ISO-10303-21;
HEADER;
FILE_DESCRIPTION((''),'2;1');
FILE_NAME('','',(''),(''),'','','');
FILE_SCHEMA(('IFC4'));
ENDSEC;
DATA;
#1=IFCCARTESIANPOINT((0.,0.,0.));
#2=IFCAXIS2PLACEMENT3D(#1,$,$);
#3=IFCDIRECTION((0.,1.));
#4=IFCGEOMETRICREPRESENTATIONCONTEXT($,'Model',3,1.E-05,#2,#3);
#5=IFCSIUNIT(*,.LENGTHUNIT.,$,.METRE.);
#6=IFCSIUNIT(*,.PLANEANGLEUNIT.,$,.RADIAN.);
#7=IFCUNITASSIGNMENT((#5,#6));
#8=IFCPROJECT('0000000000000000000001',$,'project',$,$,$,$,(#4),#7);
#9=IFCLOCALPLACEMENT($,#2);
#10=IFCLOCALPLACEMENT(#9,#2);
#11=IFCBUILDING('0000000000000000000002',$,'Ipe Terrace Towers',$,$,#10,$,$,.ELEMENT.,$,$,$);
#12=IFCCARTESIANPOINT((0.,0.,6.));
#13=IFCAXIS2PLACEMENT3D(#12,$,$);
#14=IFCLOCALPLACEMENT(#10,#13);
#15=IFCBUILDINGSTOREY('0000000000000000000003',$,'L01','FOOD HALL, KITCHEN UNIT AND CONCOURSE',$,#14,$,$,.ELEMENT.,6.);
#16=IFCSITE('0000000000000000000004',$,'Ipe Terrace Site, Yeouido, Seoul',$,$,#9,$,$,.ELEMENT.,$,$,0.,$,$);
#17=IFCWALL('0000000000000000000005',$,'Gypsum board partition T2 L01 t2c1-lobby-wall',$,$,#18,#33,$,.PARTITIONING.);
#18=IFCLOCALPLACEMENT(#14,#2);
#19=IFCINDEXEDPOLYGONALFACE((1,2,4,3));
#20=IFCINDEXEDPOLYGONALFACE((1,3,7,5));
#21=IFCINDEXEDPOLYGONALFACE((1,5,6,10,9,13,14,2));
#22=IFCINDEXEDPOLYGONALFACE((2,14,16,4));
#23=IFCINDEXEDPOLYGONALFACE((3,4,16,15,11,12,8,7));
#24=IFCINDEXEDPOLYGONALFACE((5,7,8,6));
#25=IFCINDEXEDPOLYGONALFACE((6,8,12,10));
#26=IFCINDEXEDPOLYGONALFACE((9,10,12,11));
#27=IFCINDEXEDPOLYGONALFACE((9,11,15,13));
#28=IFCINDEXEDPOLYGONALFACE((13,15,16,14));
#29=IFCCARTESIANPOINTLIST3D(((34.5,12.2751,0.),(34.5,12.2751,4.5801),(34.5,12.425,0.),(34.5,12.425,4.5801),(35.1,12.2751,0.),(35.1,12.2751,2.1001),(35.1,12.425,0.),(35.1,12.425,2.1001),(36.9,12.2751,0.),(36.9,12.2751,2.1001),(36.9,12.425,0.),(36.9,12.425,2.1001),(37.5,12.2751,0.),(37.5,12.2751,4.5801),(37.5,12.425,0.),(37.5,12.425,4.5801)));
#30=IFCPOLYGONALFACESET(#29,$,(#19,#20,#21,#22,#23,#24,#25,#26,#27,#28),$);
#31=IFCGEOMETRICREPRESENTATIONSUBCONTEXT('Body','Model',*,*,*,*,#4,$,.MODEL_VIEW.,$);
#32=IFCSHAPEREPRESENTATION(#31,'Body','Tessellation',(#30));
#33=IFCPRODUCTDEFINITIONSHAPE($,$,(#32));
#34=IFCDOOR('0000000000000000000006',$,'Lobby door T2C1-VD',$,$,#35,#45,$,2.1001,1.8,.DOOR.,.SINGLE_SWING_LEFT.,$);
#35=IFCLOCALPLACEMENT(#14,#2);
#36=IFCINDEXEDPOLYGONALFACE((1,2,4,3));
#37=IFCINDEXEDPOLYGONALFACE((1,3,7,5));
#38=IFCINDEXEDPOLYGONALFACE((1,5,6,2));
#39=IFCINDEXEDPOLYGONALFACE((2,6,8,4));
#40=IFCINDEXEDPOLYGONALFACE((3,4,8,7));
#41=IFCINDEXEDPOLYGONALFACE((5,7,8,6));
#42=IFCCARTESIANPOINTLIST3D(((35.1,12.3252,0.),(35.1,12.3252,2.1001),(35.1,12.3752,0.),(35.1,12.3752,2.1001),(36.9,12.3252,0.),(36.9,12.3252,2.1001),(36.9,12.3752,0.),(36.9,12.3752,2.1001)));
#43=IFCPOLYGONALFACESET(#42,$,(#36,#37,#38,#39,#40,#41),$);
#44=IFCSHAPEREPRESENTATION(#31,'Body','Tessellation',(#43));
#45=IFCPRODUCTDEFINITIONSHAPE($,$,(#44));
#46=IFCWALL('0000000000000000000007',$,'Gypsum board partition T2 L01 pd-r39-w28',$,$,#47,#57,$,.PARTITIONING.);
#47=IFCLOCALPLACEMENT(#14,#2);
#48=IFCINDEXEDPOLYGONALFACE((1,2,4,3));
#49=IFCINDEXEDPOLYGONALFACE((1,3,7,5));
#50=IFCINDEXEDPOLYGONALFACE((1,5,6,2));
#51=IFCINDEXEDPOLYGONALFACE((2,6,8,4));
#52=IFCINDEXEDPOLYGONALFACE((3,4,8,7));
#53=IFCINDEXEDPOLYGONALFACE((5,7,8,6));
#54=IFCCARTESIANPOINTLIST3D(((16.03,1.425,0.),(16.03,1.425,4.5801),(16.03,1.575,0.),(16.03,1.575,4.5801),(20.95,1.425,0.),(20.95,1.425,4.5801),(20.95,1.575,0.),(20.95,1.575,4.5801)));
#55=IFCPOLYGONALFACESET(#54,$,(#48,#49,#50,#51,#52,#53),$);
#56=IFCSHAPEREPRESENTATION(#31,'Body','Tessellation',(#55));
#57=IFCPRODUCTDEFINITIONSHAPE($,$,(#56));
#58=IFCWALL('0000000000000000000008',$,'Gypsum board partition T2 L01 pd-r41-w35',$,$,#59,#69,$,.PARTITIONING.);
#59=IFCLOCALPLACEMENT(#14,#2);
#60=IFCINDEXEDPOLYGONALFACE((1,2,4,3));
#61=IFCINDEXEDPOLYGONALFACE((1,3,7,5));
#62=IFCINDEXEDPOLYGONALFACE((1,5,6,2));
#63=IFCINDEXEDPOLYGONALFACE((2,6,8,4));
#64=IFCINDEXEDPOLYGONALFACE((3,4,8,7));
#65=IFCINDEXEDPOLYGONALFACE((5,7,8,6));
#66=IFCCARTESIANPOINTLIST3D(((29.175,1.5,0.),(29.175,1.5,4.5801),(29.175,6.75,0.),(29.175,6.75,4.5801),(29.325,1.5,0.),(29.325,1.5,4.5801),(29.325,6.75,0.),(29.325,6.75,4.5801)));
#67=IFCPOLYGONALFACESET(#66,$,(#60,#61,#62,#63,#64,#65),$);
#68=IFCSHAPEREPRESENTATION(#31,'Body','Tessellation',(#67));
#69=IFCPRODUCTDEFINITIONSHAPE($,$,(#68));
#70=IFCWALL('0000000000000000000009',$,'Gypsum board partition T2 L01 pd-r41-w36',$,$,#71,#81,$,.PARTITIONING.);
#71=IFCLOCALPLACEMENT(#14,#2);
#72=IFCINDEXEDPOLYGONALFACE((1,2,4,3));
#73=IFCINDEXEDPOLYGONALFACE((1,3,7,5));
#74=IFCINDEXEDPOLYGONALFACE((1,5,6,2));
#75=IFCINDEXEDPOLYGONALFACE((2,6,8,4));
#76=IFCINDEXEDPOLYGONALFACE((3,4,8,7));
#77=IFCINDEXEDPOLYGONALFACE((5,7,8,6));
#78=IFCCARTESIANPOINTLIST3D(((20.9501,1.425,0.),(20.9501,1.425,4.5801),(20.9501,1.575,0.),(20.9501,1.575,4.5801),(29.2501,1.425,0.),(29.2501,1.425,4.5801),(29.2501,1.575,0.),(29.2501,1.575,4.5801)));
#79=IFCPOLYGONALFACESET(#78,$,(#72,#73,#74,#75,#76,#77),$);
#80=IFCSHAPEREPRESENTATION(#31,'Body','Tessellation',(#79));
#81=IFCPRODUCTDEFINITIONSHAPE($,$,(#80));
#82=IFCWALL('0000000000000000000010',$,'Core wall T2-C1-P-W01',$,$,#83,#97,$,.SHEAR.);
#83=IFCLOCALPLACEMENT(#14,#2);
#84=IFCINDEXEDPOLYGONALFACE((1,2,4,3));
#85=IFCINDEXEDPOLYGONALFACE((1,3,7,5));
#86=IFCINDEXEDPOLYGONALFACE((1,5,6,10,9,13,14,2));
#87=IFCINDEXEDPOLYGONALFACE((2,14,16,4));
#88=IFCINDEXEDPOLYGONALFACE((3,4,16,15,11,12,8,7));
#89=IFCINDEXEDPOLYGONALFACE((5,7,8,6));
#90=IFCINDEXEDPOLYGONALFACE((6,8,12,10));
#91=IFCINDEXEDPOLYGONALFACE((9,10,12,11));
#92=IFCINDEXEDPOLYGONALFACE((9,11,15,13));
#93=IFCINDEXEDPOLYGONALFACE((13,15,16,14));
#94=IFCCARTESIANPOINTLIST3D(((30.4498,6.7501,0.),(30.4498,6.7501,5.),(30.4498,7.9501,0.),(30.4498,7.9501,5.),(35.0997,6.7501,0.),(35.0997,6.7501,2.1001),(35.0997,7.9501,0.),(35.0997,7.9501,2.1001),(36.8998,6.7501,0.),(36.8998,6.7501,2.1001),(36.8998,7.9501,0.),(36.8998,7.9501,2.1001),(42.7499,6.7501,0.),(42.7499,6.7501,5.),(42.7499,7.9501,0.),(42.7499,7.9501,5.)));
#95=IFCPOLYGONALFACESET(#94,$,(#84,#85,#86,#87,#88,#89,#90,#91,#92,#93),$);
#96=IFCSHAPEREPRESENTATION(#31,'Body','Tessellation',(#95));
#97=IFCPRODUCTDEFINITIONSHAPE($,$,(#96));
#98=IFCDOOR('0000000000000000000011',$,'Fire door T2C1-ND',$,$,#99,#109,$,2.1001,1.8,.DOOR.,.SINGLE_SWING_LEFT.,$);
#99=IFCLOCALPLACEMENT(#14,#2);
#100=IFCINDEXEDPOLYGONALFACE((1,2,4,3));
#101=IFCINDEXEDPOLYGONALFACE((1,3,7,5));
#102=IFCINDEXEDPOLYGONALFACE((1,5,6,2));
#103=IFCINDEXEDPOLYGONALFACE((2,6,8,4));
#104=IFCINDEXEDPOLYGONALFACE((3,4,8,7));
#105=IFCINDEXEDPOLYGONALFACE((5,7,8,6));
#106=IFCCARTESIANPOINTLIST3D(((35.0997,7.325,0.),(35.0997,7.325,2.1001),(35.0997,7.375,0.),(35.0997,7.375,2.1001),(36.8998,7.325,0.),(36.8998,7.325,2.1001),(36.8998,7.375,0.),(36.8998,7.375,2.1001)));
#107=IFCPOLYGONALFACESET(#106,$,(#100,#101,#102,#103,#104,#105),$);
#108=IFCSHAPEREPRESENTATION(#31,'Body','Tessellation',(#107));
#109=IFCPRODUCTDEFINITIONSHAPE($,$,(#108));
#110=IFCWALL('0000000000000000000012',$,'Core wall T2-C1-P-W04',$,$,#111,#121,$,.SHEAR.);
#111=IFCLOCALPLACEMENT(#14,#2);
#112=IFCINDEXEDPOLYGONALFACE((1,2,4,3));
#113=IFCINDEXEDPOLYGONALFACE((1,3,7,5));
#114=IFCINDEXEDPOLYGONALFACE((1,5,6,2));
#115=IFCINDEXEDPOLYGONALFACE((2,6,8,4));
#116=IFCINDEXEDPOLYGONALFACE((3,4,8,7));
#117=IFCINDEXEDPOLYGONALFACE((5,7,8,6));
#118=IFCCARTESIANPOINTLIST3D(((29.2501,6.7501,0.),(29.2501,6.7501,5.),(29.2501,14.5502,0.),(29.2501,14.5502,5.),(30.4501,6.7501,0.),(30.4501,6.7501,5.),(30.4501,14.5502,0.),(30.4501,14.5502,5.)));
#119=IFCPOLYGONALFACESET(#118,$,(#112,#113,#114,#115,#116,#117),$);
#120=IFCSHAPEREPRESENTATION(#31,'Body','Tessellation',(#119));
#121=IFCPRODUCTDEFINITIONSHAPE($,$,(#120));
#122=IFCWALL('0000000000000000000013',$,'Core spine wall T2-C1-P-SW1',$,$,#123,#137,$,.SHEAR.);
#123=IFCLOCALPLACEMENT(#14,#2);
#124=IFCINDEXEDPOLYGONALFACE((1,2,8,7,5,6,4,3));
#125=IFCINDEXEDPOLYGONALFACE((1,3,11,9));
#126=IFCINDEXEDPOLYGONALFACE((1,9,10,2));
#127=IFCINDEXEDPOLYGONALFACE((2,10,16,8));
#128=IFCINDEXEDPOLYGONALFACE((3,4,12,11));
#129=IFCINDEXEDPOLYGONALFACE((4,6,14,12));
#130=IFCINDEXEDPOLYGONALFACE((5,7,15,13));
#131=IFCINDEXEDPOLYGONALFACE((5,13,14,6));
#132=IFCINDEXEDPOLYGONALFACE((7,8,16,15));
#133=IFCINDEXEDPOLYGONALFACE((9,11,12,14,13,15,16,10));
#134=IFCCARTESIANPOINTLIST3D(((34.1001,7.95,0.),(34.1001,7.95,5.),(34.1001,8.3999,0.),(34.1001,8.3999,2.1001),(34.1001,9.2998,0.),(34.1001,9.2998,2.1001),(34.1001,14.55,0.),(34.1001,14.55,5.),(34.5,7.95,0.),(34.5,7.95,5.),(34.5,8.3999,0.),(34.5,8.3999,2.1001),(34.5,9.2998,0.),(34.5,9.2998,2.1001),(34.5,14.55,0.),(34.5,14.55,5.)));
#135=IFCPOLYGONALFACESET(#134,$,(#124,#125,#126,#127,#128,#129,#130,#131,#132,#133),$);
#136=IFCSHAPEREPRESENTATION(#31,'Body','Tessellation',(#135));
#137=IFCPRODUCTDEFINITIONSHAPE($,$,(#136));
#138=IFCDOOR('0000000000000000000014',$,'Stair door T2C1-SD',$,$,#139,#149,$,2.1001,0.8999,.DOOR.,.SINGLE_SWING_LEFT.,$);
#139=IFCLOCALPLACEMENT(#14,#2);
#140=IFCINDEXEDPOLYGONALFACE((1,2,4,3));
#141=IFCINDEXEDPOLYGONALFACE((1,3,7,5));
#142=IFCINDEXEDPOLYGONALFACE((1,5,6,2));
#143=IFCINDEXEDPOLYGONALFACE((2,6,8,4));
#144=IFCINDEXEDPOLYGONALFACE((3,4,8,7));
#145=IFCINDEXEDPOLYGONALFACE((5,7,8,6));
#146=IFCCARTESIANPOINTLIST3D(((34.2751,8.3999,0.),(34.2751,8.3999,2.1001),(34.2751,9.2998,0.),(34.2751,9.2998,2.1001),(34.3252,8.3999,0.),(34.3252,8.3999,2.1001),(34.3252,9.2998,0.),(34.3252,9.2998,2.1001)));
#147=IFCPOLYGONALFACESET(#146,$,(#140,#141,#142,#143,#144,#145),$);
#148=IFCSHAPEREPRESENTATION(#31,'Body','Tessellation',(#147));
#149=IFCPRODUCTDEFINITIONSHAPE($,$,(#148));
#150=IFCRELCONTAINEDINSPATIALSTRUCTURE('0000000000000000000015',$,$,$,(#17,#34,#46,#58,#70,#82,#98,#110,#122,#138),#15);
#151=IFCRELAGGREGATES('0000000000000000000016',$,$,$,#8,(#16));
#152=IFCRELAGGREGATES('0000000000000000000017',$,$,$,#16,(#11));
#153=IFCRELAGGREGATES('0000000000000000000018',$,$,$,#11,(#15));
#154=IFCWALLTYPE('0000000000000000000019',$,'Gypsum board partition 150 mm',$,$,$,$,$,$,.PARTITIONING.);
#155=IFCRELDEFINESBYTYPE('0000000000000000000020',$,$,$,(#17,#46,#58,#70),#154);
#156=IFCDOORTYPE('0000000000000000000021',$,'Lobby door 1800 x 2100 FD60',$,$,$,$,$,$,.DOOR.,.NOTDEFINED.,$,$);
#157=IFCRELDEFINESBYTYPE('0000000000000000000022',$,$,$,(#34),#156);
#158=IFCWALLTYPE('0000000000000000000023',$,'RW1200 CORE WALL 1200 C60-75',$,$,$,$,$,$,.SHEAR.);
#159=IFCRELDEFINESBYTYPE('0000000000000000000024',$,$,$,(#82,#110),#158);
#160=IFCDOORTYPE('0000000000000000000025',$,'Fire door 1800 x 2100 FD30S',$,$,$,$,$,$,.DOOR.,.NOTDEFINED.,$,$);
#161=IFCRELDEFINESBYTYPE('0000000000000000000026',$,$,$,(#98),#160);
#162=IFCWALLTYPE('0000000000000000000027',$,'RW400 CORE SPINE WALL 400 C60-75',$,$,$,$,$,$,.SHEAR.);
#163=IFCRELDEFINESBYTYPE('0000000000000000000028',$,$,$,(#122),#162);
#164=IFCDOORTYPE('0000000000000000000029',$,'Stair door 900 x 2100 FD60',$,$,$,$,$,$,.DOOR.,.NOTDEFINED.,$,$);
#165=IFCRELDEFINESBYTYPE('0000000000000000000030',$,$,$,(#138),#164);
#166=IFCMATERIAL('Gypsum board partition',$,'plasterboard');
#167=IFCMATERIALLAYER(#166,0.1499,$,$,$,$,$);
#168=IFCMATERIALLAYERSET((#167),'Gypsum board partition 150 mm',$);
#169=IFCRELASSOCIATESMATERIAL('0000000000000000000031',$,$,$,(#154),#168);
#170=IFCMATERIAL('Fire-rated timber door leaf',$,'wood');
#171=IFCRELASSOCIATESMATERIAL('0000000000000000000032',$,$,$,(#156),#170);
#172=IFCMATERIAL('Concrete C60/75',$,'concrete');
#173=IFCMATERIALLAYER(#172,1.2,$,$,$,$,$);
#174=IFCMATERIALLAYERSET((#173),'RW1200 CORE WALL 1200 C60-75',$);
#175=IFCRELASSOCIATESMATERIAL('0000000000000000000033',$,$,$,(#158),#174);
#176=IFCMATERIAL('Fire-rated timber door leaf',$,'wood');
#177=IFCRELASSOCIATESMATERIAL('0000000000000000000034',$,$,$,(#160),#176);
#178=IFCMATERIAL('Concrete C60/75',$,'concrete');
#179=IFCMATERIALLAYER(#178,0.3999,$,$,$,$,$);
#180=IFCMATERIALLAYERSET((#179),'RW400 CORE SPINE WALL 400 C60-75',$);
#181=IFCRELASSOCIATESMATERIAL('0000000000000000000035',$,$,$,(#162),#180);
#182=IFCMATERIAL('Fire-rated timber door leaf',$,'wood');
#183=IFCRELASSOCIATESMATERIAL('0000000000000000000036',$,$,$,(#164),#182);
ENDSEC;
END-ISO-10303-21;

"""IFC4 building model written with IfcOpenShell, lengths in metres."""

from ifc_helpers import new_model, si_unit, direction, frame, frame_2d, origin, place, context, subcontext, project, spatial, rectangle, extrude, material, layer, layer_set, type_object, element, fill, save


model = new_model("IFC4")

# Units and contexts
model_context = context("Model", 3, precision=1e-05, world=origin(), true_north=direction((0.0, 1.0)))
body_context = subcontext(model_context, "Body", "Model", "MODEL_VIEW")
ifc_project = project(units=[si_unit("LENGTHUNIT", "METRE"), si_unit("PLANEANGLEUNIT", "RADIAN")], contexts=[model_context])

# Site, building, storey
site_placement = place(None, origin())
site = spatial("IfcSite", under=ifc_project, at=site_placement, Name="Ipe Terrace Site, Yeouido, Seoul", CompositionType="ELEMENT", RefElevation=0.0)
building_placement = place(site_placement, origin())
building = spatial("IfcBuilding", under=site, at=building_placement, Name="Ipe Terrace Towers", CompositionType="ELEMENT")
storey_placement = place(building_placement, frame((0.0, 0.0, 6.0)))
storey = spatial("IfcBuildingStorey", under=building, at=storey_placement, Name="L01", Description="FOOD HALL, KITCHEN UNIT AND CONCOURSE", CompositionType="ELEMENT", Elevation=6.0)

# Wall, opening, door
ifc_material_1 = material(Name="Gypsum board partition", Category="plasterboard")
ifc_layer_1 = layer(ifc_material_1, 0.1499)
ifc_layer_set_1 = layer_set([ifc_layer_1], Name="Gypsum board partition 150 mm")
wall_type_1 = type_object("IfcWallType", Name="Gypsum board partition 150 mm", PredefinedType="PARTITIONING", material=ifc_layer_set_1)
wall_1_placement = place(storey_placement, frame((37.5, 12.3501, 0.0), z_axis=(0.0, 0.0, 1.0), x_axis=(-1.0, 0.0, 0.0)))
wall_1 = element("IfcWall", 1, at=wall_1_placement, inside=storey, type_object=wall_type_1, Name="Gypsum board partition T2 L01 t2c1-lobby-wall", PredefinedType="PARTITIONING", context=body_context, shape_type="SweptSolid", body=[
    extrude(rectangle(XDim=3.0, YDim=0.1499, at=frame_2d((1.5, 0.0))), origin(), (0.0, 0.0, 1.0), 4.5801),
])
opening_1_placement = place(wall_1_placement, frame((0.6001, 0.0, 0.0)))
opening_1 = element("IfcOpeningElement", 2, at=opening_1_placement, cuts=wall_1, PredefinedType="OPENING", context=body_context, shape_type="SweptSolid", body=[
    extrude(rectangle(XDim=1.8, YDim=2.1001, at=frame_2d((0.8999, 1.05))), frame((0.0, 0.085, 0.0), z_axis=(0.0, -1.0, 0.0), x_axis=(1.0, 0.0, 0.0)), (0.0, 0.0, 1.0), 0.1699),
])
ifc_material_2 = material(Name="Fire-rated timber door leaf", Category="wood")
door_type_1 = type_object("IfcDoorType", Name="Lobby door 1800 x 2100 FD60", OperationType="NOTDEFINED", PredefinedType="DOOR", material=ifc_material_2)
door_1_placement = place(opening_1_placement, origin())
door_1 = element("IfcDoor", 3, at=door_1_placement, inside=storey, type_object=door_type_1, Name="Lobby door T2C1-VD", OperationType="SINGLE_SWING_LEFT", OverallHeight=2.1001, OverallWidth=1.8, PredefinedType="DOOR", context=body_context, shape_type="SweptSolid", body=[
    extrude(rectangle(XDim=1.8, YDim=2.1001, at=frame_2d((0.8999, 1.05))), frame((0.0, 0.0249, 0.0), z_axis=(0.0, -1.0, 0.0), x_axis=(1.0, 0.0, 0.0)), (0.0, 0.0, 1.0), 0.05),
])
fill(opening_1, door_1)

# Walls
wall_2_placement = place(storey_placement, frame((20.95, 1.5, 0.0), z_axis=(0.0, 0.0, 1.0), x_axis=(-1.0, 0.0, 0.0)))
element("IfcWall", 4, at=wall_2_placement, inside=storey, type_object=wall_type_1, Name="Gypsum board partition T2 L01 pd-r39-w28", PredefinedType="PARTITIONING", context=body_context, shape_type="SweptSolid", body=[
    extrude(rectangle(XDim=4.9199, YDim=0.1499, at=frame_2d((2.46, 0.0))), origin(), (0.0, 0.0, 1.0), 4.5801),
])
wall_3_placement = place(storey_placement, frame((29.25, 6.75, 0.0), z_axis=(0.0, 0.0, 1.0), x_axis=(0.0, -1.0, 0.0)))
element("IfcWall", 5, at=wall_3_placement, inside=storey, type_object=wall_type_1, Name="Gypsum board partition T2 L01 pd-r41-w35", PredefinedType="PARTITIONING", context=body_context, shape_type="SweptSolid", body=[
    extrude(rectangle(XDim=5.25, YDim=0.1499, at=frame_2d((2.625, 0.0))), origin(), (0.0, 0.0, 1.0), 4.5801),
])
wall_4_placement = place(storey_placement, frame((29.25, 1.5, 0.0), z_axis=(0.0, 0.0, 1.0), x_axis=(-1.0, 0.0, 0.0)))
element("IfcWall", 6, at=wall_4_placement, inside=storey, type_object=wall_type_1, Name="Gypsum board partition T2 L01 pd-r41-w36", PredefinedType="PARTITIONING", context=body_context, shape_type="SweptSolid", body=[
    extrude(rectangle(XDim=8.3, YDim=0.1499, at=frame_2d((4.1499, 0.0))), origin(), (0.0, 0.0, 1.0), 4.5801),
])

# Wall, opening, door
ifc_material_3 = material(Name="Concrete C60/75", Category="concrete")
ifc_layer_2 = layer(ifc_material_3, 1.2)
ifc_layer_set_2 = layer_set([ifc_layer_2], Name="RW1200 CORE WALL 1200 C60-75")
wall_type_2 = type_object("IfcWallType", Name="RW1200 CORE WALL 1200 C60-75", PredefinedType="SHEAR", material=ifc_layer_set_2)
wall_5_placement = place(storey_placement, frame((30.45, 7.3501, 0.0), z_axis=(0.0, 0.0, 1.0), x_axis=(1.0, 0.0, 0.0)))
wall_5 = element("IfcWall", 7, at=wall_5_placement, inside=storey, type_object=wall_type_2, Name="Core wall T2-C1-P-W01", PredefinedType="SHEAR", context=body_context, shape_type="SweptSolid", body=[
    extrude(rectangle(XDim=12.3, YDim=1.2, at=frame_2d((6.1499, 0.0))), origin(), (0.0, 0.0, 1.0), 5.0),
])
opening_2_placement = place(wall_5_placement, frame((4.6499, 0.0, 0.0)))
opening_2 = element("IfcOpeningElement", 8, at=opening_2_placement, cuts=wall_5, PredefinedType="OPENING", context=body_context, shape_type="SweptSolid", body=[
    extrude(rectangle(XDim=1.8, YDim=2.1001, at=frame_2d((0.8999, 1.05))), frame((0.0, 0.6099, 0.0), z_axis=(0.0, -1.0, 0.0), x_axis=(1.0, 0.0, 0.0)), (0.0, 0.0, 1.0), 1.22),
])
ifc_material_4 = material(Name="Fire-rated timber door leaf", Category="wood")
door_type_2 = type_object("IfcDoorType", Name="Fire door 1800 x 2100 FD30S", OperationType="NOTDEFINED", PredefinedType="DOOR", material=ifc_material_4)
door_2_placement = place(opening_2_placement, origin())
door_2 = element("IfcDoor", 9, at=door_2_placement, inside=storey, type_object=door_type_2, Name="Fire door T2C1-ND", OperationType="SINGLE_SWING_LEFT", OverallHeight=2.1001, OverallWidth=1.8, PredefinedType="DOOR", context=body_context, shape_type="SweptSolid", body=[
    extrude(rectangle(XDim=1.8, YDim=2.1001, at=frame_2d((0.8999, 1.05))), frame((0.0, 0.0249, 0.0), z_axis=(0.0, -1.0, 0.0), x_axis=(1.0, 0.0, 0.0)), (0.0, 0.0, 1.0), 0.05),
])
fill(opening_2, door_2)

# Wall
wall_6_placement = place(storey_placement, frame((29.8501, 14.55, 0.0), z_axis=(0.0, 0.0, 1.0), x_axis=(0.0, -1.0, 0.0)))
element("IfcWall", 10, at=wall_6_placement, inside=storey, type_object=wall_type_2, Name="Core wall T2-C1-P-W04", PredefinedType="SHEAR", context=body_context, shape_type="SweptSolid", body=[
    extrude(rectangle(XDim=7.8, YDim=1.2, at=frame_2d((3.8999, 0.0))), origin(), (0.0, 0.0, 1.0), 5.0),
])

# Wall, opening, door
ifc_material_5 = material(Name="Concrete C60/75", Category="concrete")
ifc_layer_3 = layer(ifc_material_5, 0.3999)
ifc_layer_set_3 = layer_set([ifc_layer_3], Name="RW400 CORE SPINE WALL 400 C60-75")
wall_type_3 = type_object("IfcWallType", Name="RW400 CORE SPINE WALL 400 C60-75", PredefinedType="SHEAR", material=ifc_layer_set_3)
wall_7_placement = place(storey_placement, frame((34.3, 7.95, 0.0), z_axis=(0.0, 0.0, 1.0), x_axis=(0.0, 1.0, 0.0)))
wall_7 = element("IfcWall", 11, at=wall_7_placement, inside=storey, type_object=wall_type_3, Name="Core spine wall T2-C1-P-SW1", PredefinedType="SHEAR", context=body_context, shape_type="SweptSolid", body=[
    extrude(rectangle(XDim=6.6001, YDim=0.3999, at=frame_2d((3.3, 0.0))), origin(), (0.0, 0.0, 1.0), 5.0),
])
opening_3_placement = place(wall_7_placement, frame((0.45, 0.0, 0.0)))
opening_3 = element("IfcOpeningElement", 12, at=opening_3_placement, cuts=wall_7, PredefinedType="OPENING", context=body_context, shape_type="SweptSolid", body=[
    extrude(rectangle(XDim=0.8999, YDim=2.1001, at=frame_2d((0.45, 1.05))), frame((0.0, 0.21, 0.0), z_axis=(0.0, -1.0, 0.0), x_axis=(1.0, 0.0, 0.0)), (0.0, 0.0, 1.0), 0.4199),
])
ifc_material_6 = material(Name="Fire-rated timber door leaf", Category="wood")
door_type_3 = type_object("IfcDoorType", Name="Stair door 900 x 2100 FD60", OperationType="NOTDEFINED", PredefinedType="DOOR", material=ifc_material_6)
door_3_placement = place(opening_3_placement, origin())
door_3 = element("IfcDoor", 13, at=door_3_placement, inside=storey, type_object=door_type_3, Name="Stair door T2C1-SD", OperationType="SINGLE_SWING_LEFT", OverallHeight=2.1001, OverallWidth=0.8999, PredefinedType="DOOR", context=body_context, shape_type="SweptSolid", body=[
    extrude(rectangle(XDim=0.8999, YDim=2.1001, at=frame_2d((0.45, 1.05))), frame((0.0, 0.0249, 0.0), z_axis=(0.0, -1.0, 0.0), x_axis=(1.0, 0.0, 0.0)), (0.0, 0.0, 1.0), 0.05),
])
fill(opening_3, door_3)

save(model, "model.ifc")
